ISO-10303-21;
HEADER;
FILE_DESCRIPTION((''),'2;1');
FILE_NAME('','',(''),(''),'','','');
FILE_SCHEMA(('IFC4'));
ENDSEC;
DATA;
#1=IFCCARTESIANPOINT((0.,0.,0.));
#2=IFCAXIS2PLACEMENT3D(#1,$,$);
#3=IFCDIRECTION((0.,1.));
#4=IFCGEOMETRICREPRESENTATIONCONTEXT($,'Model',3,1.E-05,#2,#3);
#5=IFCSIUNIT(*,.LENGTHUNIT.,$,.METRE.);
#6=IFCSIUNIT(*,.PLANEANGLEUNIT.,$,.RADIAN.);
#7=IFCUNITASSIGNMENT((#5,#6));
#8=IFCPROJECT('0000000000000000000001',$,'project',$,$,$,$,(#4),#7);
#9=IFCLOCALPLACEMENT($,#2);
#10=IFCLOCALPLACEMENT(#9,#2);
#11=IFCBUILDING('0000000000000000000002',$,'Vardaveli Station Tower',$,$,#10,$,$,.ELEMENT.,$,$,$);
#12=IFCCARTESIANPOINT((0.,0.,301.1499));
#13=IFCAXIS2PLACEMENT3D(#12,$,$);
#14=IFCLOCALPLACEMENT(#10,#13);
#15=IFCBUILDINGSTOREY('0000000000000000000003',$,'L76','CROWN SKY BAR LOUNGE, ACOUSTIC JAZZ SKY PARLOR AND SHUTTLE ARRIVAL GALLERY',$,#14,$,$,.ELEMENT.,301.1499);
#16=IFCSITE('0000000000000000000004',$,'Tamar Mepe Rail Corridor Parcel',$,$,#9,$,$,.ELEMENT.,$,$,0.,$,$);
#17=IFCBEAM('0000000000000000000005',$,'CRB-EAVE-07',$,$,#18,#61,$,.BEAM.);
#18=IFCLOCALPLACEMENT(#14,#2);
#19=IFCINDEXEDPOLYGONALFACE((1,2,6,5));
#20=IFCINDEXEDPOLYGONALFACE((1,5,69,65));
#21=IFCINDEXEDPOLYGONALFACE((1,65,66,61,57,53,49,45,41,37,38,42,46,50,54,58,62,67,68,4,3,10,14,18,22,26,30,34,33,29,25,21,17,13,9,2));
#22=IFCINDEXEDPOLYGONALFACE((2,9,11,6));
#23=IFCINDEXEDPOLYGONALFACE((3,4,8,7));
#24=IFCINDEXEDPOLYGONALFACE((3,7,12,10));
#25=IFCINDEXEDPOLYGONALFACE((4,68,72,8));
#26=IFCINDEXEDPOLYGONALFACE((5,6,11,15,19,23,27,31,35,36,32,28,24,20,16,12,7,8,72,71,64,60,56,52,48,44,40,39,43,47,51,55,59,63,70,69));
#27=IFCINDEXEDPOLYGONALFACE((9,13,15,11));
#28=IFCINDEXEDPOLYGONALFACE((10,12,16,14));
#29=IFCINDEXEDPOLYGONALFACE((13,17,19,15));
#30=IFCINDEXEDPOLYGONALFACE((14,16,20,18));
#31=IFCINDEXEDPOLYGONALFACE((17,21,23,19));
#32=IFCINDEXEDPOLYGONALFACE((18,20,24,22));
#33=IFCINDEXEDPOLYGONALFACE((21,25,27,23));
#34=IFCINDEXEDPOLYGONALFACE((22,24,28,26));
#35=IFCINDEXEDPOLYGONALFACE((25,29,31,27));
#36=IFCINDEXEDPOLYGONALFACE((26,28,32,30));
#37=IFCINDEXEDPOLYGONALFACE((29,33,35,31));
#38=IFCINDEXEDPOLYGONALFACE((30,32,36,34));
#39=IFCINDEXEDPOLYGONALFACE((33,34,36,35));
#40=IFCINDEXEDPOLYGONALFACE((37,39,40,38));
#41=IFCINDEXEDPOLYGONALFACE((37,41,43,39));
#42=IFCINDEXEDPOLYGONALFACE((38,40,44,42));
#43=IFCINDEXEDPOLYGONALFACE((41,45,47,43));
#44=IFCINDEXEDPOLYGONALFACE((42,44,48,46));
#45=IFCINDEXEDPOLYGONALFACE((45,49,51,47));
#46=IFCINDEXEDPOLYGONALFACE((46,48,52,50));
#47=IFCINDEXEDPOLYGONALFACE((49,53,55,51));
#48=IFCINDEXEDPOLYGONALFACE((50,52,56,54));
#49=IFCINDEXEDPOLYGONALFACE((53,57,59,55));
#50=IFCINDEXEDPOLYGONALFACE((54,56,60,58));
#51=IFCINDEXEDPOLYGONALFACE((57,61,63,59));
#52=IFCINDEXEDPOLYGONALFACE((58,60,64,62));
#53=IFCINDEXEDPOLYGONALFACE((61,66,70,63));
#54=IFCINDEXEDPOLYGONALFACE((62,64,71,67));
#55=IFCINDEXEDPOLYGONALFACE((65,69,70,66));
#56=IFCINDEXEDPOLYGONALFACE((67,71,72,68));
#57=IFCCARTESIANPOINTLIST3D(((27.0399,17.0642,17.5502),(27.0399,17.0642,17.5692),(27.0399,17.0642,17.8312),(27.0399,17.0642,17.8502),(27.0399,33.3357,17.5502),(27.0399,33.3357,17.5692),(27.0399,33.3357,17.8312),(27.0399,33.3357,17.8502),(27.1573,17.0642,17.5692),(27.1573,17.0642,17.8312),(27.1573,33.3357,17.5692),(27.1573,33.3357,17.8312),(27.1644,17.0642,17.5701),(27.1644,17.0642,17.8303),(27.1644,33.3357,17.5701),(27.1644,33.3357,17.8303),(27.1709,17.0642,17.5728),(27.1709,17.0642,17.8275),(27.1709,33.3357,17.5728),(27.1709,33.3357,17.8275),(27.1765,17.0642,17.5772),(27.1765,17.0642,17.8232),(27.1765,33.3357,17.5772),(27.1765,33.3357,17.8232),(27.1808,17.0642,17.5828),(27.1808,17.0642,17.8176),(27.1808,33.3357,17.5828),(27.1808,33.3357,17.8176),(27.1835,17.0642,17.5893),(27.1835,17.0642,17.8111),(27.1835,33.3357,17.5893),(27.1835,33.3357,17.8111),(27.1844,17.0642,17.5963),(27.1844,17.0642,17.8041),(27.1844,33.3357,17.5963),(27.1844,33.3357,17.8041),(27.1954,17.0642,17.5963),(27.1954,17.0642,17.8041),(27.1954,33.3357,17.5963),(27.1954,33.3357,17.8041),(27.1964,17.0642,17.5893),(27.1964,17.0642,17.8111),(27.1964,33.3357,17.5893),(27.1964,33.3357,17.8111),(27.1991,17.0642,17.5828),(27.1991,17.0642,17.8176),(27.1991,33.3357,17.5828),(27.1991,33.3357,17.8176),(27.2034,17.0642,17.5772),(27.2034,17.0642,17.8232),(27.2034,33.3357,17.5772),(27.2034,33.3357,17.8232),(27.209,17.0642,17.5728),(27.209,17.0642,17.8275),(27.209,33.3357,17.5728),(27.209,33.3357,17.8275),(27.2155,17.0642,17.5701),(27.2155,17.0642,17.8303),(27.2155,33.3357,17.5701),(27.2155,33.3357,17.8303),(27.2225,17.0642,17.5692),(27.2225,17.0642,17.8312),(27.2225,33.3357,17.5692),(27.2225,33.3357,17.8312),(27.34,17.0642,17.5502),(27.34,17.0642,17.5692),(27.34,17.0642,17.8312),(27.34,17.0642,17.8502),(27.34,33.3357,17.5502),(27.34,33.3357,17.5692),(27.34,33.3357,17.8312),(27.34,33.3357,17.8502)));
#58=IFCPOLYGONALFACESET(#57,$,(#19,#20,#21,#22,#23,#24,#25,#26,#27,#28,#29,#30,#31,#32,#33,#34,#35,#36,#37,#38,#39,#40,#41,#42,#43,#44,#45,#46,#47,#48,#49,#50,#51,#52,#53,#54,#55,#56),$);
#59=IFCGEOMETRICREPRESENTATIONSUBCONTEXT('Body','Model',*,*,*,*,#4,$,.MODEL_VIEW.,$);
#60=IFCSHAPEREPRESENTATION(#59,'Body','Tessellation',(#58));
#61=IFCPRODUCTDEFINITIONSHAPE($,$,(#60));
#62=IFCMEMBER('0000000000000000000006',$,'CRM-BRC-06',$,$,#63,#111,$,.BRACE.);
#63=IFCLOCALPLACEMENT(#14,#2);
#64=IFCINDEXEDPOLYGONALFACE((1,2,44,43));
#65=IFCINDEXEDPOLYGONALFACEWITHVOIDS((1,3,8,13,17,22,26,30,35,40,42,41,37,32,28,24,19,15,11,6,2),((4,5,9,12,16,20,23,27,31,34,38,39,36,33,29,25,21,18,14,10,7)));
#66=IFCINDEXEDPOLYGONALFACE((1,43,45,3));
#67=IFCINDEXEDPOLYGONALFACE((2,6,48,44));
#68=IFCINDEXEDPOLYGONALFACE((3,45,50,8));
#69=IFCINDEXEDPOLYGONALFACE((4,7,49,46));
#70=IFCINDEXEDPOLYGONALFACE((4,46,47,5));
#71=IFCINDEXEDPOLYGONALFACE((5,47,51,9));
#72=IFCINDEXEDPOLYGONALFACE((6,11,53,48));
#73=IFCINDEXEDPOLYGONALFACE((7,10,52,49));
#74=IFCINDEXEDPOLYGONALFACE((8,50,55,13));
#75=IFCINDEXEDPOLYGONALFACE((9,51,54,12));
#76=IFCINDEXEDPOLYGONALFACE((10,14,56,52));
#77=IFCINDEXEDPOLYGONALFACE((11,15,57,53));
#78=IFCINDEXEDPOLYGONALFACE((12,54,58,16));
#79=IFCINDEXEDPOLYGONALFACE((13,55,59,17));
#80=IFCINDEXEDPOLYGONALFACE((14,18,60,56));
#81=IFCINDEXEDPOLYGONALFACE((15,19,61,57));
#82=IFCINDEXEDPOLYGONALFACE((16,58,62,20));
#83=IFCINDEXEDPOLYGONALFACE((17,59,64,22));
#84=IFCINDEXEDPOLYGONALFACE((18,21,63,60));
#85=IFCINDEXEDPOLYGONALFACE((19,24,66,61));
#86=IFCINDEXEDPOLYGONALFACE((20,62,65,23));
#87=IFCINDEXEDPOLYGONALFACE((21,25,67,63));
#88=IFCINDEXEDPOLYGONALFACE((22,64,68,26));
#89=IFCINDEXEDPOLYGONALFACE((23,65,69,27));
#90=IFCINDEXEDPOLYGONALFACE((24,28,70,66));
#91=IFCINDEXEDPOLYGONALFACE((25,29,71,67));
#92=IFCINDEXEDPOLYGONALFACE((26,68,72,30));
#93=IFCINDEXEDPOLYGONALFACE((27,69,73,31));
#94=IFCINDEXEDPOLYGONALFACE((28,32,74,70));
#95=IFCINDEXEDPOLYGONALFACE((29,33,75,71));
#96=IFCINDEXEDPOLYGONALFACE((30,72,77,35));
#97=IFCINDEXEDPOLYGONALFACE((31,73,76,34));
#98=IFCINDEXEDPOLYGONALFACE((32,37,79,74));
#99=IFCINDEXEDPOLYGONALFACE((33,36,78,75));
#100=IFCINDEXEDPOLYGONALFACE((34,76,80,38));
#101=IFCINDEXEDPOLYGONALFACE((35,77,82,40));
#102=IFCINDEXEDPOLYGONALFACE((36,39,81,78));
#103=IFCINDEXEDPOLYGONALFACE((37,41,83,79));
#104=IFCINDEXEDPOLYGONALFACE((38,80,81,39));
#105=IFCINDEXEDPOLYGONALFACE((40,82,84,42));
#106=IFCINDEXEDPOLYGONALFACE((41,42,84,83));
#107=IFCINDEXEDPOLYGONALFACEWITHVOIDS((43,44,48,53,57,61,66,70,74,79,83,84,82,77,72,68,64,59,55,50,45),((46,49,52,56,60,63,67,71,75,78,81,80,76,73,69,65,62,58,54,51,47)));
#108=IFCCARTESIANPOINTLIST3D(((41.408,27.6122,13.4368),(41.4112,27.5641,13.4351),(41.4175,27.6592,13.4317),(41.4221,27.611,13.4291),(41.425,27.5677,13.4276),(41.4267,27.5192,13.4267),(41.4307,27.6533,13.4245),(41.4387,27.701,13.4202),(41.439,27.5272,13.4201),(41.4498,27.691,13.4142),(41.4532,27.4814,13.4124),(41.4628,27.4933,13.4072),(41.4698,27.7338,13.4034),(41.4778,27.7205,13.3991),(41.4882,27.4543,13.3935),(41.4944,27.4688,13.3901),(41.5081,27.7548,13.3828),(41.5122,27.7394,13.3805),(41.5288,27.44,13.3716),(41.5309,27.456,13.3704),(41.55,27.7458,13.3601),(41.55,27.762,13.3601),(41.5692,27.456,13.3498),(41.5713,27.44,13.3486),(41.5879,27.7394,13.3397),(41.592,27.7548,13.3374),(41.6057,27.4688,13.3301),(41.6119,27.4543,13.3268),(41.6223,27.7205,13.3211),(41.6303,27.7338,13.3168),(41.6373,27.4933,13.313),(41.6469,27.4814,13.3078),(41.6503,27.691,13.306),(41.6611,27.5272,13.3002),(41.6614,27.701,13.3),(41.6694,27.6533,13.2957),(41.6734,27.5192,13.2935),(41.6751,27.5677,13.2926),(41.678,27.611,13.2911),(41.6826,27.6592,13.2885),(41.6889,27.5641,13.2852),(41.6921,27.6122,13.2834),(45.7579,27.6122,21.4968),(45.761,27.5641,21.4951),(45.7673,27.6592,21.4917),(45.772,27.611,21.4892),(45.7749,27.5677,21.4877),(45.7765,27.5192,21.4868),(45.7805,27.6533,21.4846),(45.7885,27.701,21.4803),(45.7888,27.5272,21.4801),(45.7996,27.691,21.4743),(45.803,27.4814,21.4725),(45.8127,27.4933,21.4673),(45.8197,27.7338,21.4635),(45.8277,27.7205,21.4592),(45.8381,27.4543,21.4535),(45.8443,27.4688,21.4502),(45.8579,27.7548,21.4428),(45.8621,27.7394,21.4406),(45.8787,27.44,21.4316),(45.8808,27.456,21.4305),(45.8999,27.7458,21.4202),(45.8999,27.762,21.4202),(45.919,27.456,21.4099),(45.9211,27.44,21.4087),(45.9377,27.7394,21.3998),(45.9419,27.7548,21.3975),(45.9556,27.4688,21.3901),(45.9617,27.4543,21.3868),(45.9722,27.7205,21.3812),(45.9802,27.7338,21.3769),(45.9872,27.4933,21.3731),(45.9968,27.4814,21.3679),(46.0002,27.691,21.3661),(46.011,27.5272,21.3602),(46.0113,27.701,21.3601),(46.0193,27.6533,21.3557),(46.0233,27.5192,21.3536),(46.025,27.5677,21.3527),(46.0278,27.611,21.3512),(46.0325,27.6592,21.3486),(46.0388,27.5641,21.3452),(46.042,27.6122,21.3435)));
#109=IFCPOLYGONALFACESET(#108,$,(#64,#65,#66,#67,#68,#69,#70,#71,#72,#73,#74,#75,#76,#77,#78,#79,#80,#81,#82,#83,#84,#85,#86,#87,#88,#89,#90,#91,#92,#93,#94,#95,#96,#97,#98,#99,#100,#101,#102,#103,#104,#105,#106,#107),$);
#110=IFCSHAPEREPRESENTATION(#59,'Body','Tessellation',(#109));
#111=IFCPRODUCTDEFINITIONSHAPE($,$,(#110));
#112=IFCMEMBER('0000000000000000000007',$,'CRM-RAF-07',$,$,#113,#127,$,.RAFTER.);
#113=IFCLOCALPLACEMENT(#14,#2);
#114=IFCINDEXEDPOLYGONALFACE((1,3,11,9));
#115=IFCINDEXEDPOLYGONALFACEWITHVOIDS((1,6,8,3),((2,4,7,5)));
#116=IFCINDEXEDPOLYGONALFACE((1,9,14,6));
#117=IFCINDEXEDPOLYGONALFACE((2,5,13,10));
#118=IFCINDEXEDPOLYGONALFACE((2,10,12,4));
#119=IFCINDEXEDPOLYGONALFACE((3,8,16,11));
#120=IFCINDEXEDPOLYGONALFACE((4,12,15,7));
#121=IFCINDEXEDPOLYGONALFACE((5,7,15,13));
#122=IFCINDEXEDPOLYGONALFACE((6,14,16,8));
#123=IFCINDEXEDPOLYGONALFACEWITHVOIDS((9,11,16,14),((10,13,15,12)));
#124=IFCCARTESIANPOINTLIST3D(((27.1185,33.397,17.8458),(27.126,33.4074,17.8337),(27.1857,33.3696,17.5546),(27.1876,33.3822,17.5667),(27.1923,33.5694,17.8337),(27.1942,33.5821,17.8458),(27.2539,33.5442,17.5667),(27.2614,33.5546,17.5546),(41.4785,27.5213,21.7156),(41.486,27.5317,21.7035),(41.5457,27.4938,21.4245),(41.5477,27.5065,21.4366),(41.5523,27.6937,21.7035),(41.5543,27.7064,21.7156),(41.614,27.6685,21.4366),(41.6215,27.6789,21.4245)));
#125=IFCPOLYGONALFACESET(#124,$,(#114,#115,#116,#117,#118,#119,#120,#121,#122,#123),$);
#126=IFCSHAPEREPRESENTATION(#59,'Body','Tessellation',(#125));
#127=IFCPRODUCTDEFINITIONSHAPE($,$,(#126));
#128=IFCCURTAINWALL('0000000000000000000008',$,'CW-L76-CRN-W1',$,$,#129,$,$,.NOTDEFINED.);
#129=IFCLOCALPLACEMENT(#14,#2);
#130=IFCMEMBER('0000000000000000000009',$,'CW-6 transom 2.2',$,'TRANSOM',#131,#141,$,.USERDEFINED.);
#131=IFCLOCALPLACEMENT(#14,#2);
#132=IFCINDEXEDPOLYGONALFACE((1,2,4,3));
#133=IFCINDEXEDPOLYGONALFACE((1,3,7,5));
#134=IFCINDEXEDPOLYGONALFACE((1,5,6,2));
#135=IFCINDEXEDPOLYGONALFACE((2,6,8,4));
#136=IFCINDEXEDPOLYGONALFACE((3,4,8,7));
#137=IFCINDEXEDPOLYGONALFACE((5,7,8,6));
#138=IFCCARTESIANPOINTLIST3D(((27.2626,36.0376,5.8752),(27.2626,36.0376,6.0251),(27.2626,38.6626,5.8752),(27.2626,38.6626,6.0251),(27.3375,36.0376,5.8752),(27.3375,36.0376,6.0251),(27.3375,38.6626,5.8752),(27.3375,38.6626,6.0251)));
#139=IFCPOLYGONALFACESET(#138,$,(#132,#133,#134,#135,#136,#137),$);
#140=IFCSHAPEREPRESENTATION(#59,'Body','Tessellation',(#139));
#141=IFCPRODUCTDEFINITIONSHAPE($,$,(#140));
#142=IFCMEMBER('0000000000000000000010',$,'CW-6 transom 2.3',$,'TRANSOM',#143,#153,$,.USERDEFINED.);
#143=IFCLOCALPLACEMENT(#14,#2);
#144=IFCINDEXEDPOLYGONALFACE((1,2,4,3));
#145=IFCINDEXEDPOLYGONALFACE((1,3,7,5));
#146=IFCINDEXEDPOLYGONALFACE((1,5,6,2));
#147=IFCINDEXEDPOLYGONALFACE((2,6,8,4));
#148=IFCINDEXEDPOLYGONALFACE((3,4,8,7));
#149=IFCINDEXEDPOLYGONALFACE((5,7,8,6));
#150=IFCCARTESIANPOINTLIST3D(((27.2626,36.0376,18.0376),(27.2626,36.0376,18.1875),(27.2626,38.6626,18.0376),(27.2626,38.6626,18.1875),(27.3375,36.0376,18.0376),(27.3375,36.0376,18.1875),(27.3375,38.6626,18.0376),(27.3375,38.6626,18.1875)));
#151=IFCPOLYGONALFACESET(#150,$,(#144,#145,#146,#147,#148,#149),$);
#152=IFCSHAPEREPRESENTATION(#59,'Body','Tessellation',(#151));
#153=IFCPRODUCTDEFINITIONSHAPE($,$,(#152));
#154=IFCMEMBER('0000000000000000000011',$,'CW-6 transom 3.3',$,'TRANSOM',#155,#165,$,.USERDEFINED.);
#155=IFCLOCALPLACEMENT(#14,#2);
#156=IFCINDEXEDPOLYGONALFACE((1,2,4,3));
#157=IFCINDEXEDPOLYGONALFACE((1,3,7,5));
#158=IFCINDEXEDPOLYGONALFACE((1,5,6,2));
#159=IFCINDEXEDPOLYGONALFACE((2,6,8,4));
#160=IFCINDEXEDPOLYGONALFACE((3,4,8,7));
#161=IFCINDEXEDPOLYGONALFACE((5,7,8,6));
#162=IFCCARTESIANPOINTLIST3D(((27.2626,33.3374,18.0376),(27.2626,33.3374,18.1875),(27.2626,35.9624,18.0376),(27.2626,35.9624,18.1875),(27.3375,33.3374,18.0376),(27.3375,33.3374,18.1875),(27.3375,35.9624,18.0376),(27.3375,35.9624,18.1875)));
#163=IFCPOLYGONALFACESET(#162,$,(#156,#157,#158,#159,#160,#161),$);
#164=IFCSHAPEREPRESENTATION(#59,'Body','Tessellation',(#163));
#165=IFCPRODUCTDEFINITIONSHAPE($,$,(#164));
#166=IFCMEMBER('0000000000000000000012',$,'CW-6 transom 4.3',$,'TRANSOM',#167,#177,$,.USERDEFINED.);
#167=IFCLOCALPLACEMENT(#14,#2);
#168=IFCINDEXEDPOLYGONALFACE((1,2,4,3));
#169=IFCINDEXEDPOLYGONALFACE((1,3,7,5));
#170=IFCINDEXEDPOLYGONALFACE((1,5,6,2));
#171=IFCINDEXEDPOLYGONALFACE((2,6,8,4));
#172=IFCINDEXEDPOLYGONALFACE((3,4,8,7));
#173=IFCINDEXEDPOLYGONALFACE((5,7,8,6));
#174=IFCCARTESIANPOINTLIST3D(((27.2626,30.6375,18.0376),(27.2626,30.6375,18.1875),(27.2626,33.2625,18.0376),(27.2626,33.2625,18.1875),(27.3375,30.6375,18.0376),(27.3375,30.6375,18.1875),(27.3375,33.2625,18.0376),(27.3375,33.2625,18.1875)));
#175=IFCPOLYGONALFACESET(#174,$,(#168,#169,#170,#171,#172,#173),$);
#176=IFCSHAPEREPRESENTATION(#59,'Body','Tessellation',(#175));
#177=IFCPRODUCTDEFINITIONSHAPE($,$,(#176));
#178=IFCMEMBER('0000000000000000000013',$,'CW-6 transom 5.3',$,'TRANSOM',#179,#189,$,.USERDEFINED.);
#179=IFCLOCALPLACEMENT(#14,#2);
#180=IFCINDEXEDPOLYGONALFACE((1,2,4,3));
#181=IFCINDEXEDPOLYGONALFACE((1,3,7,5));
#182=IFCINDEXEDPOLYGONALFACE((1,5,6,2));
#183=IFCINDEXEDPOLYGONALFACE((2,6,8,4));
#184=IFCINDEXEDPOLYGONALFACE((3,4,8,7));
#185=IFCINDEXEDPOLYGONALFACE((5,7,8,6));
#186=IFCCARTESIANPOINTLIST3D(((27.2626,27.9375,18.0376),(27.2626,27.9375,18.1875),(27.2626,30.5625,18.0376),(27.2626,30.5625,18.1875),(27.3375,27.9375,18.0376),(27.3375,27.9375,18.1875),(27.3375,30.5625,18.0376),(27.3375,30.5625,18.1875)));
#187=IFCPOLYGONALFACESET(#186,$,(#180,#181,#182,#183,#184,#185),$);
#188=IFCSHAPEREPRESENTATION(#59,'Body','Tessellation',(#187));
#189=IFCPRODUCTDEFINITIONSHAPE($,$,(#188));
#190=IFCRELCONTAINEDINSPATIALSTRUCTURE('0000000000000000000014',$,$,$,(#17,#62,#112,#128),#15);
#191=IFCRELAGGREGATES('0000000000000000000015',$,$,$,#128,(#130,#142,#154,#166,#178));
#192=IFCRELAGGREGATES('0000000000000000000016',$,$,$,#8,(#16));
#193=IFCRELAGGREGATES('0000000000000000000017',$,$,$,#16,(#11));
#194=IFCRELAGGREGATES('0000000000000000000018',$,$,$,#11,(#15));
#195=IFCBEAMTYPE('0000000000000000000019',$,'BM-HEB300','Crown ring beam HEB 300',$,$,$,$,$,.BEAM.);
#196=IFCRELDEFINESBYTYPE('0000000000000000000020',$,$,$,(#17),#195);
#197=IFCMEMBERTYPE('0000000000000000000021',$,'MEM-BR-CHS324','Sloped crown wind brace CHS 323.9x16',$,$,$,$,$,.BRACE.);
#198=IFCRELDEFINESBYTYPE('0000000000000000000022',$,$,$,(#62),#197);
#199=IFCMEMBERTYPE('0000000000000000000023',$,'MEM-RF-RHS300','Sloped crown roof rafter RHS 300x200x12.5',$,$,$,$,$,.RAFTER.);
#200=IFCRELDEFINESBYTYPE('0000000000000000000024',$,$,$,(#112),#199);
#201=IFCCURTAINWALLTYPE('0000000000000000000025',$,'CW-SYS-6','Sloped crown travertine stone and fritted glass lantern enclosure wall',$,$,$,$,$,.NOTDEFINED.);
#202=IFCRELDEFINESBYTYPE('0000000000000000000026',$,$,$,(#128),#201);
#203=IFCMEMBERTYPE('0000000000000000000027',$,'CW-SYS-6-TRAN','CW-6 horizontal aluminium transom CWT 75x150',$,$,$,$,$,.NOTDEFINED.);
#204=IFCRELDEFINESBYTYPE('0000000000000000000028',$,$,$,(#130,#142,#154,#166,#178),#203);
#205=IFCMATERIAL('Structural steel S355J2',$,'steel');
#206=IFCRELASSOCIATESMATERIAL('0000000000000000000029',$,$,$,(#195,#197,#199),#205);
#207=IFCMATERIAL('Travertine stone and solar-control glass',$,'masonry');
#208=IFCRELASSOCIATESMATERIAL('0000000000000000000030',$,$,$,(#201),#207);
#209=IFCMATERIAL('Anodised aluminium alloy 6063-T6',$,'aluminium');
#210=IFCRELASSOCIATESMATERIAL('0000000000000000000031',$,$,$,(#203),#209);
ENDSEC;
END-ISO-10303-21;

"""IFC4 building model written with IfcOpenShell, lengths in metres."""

from ifc_helpers import new_model, si_unit, direction, frame, origin, origin_2d, place, context, subcontext, project, spatial, rectangle, hollow_rectangle, hollow_circle, i_section, extrude, source, transform, mapped, material, material_profile, profile_set, type_object, element, aggregate, save


model = new_model("IFC4")

# Units and contexts
model_context = context("Model", 3, precision=1e-05, world=origin(), true_north=direction((0.0, 1.0)))
body_context = subcontext(model_context, "Body", "Model", "MODEL_VIEW")
ifc_project = project(units=[si_unit("LENGTHUNIT", "METRE"), si_unit("PLANEANGLEUNIT", "RADIAN")], contexts=[model_context])

# Site, building, storey
site_placement = place(None, origin())
site = spatial("IfcSite", under=ifc_project, at=site_placement, Name="Tamar Mepe Rail Corridor Parcel", CompositionType="ELEMENT", RefElevation=0.0)
building_placement = place(site_placement, origin())
building = spatial("IfcBuilding", under=site, at=building_placement, Name="Vardaveli Station Tower", CompositionType="ELEMENT")
storey_placement = place(building_placement, frame((0.0, 0.0, 301.1499)))
storey = spatial("IfcBuildingStorey", under=building, at=storey_placement, Name="L76", Description="CROWN SKY BAR LOUNGE, ACOUSTIC JAZZ SKY PARLOR AND SHUTTLE ARRIVAL GALLERY", CompositionType="ELEMENT", Elevation=301.1499)

# Beam
ifc_material_1 = material(Name="Structural steel S355J2", Category="steel")
ifc_material_profile_1 = material_profile(ifc_material_1, i_section(OverallWidth=0.3, OverallDepth=0.3, WebThickness=0.011, FlangeThickness=0.019, FilletRadius=0.0271, at=origin_2d()), Name="HEB 300")
ifc_profile_set_1 = profile_set([ifc_material_profile_1], Name="Structural steel S355J2")
beam_type = type_object("IfcBeamType", Name="BM-HEB300", Description="Crown ring beam HEB 300", PredefinedType="BEAM", material=ifc_profile_set_1)
shared_shape_1 = source(origin(), body_context, "Body", "SweptSolid", [
    extrude(i_section(OverallWidth=0.3, OverallDepth=0.3, WebThickness=0.011, FlangeThickness=0.019, FilletRadius=0.0271, at=origin_2d()), origin(), (0.0, 0.0, 1.0), 16.2715),
])
beam_placement = place(storey_placement, frame((27.1899, 33.3357, 17.7002), z_axis=(0.0, -1.0, 0.0), x_axis=(1.0, 0.0, 0.0)))
element("IfcBeam", 1, at=beam_placement, inside=storey, type_object=beam_type, Name="CRB-EAVE-07", PredefinedType="BEAM", context=body_context, shape_type="MappedRepresentation", body=[
    mapped(shared_shape_1, transform((0.0, 0.0, 0.0), scale=1.0)),
])

# Members
ifc_material_profile_2 = material_profile(ifc_material_1, hollow_circle(Radius=0.1619, WallThickness=0.0161, at=origin_2d()), Name="CHS 323.9x16")
ifc_profile_set_2 = profile_set([ifc_material_profile_2], Name="Structural steel S355J2")
member_type_1 = type_object("IfcMemberType", Name="MEM-BR-CHS324", Description="Sloped crown wind brace CHS 323.9x16", PredefinedType="BRACE", material=ifc_profile_set_2)
shared_shape_2 = source(origin(), body_context, "Body", "SweptSolid", [
    extrude(hollow_circle(Radius=0.1619, WallThickness=0.0161, at=origin_2d()), origin(), (0.0, 0.0, 1.0), 9.1589),
])
member_1_placement = place(storey_placement, frame((41.55, 27.6001, 13.3601), z_axis=(0.474931, 0.0, 0.880023), x_axis=(0.0, 1.0, 0.0)))
element("IfcMember", 2, at=member_1_placement, inside=storey, type_object=member_type_1, Name="CRM-BRC-06", PredefinedType="BRACE", context=body_context, shape_type="MappedRepresentation", body=[
    mapped(shared_shape_2, transform((0.0, 0.0, 0.0), scale=1.0)),
])
ifc_material_profile_3 = material_profile(ifc_material_1, hollow_rectangle(XDim=0.2, YDim=0.3, WallThickness=0.0125, at=origin_2d()), Name="RHS 300x200x12.5")
ifc_profile_set_3 = profile_set([ifc_material_profile_3], Name="Structural steel S355J2")
member_type_2 = type_object("IfcMemberType", Name="MEM-RF-RHS300", Description="Sloped crown roof rafter RHS 300x200x12.5", PredefinedType="RAFTER", material=ifc_profile_set_3)
shared_shape_3 = source(origin(), body_context, "Body", "SweptSolid", [
    extrude(hollow_rectangle(XDim=0.2, YDim=0.3, WallThickness=0.0125, at=origin_2d()), origin(), (0.0, 0.0, 1.0), 15.991),
])
member_2_placement = place(storey_placement, frame((27.1899, 33.4758, 17.7002), z_axis=(0.898011, -0.367439, 0.242003), x_axis=(0.378696, 0.925521, 0.0)))
element("IfcMember", 3, at=member_2_placement, inside=storey, type_object=member_type_2, Name="CRM-RAF-07", PredefinedType="RAFTER", context=body_context, shape_type="MappedRepresentation", body=[
    mapped(shared_shape_3, transform((0.0, 0.0, 0.0), scale=1.0)),
])

# Curtain wall, members
ifc_material_2 = material(Name="Travertine stone and solar-control glass", Category="masonry")
curtain_wall_type = type_object("IfcCurtainWallType", Name="CW-SYS-6", Description="Sloped crown travertine stone and fritted glass lantern enclosure wall", PredefinedType="NOTDEFINED", material=ifc_material_2)
curtain_wall_placement = place(storey_placement, origin())
curtain_wall = element("IfcCurtainWall", 4, at=curtain_wall_placement, inside=storey, type_object=curtain_wall_type, Name="CW-L76-CRN-W1", PredefinedType="NOTDEFINED")
ifc_material_3 = material(Name="Anodised aluminium alloy 6063-T6", Category="aluminium")
ifc_material_profile_4 = material_profile(ifc_material_3, rectangle(XDim=0.075, YDim=0.1499, at=origin_2d()), Name="CWT 75x150")
ifc_profile_set_4 = profile_set([ifc_material_profile_4], Name="Anodised aluminium alloy 6063-T6")
member_type_3 = type_object("IfcMemberType", Name="CW-SYS-6-TRAN", Description="CW-6 horizontal aluminium transom CWT 75x150", PredefinedType="NOTDEFINED", material=ifc_profile_set_4)
shared_shape_4 = source(origin(), body_context, "Body", "SweptSolid", [
    extrude(rectangle(XDim=0.075, YDim=0.1499, at=origin_2d()), origin(), (0.0, 0.0, 1.0), 2.625),
])
member_3_placement = place(storey_placement, frame((27.3, 38.6626, 5.9502), z_axis=(0.0, -1.0, 0.0), x_axis=(1.0, 0.0, 0.0)))
member_3 = element("IfcMember", 5, at=member_3_placement, type_object=member_type_3, Name="CW-6 transom 2.2", ObjectType="TRANSOM", PredefinedType="USERDEFINED", context=body_context, shape_type="MappedRepresentation", body=[
    mapped(shared_shape_4, transform((0.0, 0.0, 0.0), scale=1.0)),
])
member_4_placement = place(storey_placement, frame((27.3, 38.6626, 18.1125), z_axis=(0.0, -1.0, 0.0), x_axis=(1.0, 0.0, 0.0)))
member_4 = element("IfcMember", 6, at=member_4_placement, type_object=member_type_3, Name="CW-6 transom 2.3", ObjectType="TRANSOM", PredefinedType="USERDEFINED", context=body_context, shape_type="MappedRepresentation", body=[
    mapped(shared_shape_4, transform((0.0, 0.0, 0.0), scale=1.0)),
])
member_5_placement = place(storey_placement, frame((27.3, 35.9624, 18.1125), z_axis=(0.0, -1.0, 0.0), x_axis=(1.0, 0.0, 0.0)))
member_5 = element("IfcMember", 7, at=member_5_placement, type_object=member_type_3, Name="CW-6 transom 3.3", ObjectType="TRANSOM", PredefinedType="USERDEFINED", context=body_context, shape_type="MappedRepresentation", body=[
    mapped(shared_shape_4, transform((0.0, 0.0, 0.0), scale=1.0)),
])
member_6_placement = place(storey_placement, frame((27.3, 33.2625, 18.1125), z_axis=(0.0, -1.0, 0.0), x_axis=(1.0, 0.0, 0.0)))
member_6 = element("IfcMember", 8, at=member_6_placement, type_object=member_type_3, Name="CW-6 transom 4.3", ObjectType="TRANSOM", PredefinedType="USERDEFINED", context=body_context, shape_type="MappedRepresentation", body=[
    mapped(shared_shape_4, transform((0.0, 0.0, 0.0), scale=1.0)),
])
member_7_placement = place(storey_placement, frame((27.3, 30.5625, 18.1125), z_axis=(0.0, -1.0, 0.0), x_axis=(1.0, 0.0, 0.0)))
member_7 = element("IfcMember", 9, at=member_7_placement, type_object=member_type_3, Name="CW-6 transom 5.3", ObjectType="TRANSOM", PredefinedType="USERDEFINED", context=body_context, shape_type="MappedRepresentation", body=[
    mapped(shared_shape_4, transform((0.0, 0.0, 0.0), scale=1.0)),
])

aggregate(curtain_wall, [member_3, member_4, member_5, member_6, member_7])

save(model, "model.ifc")
